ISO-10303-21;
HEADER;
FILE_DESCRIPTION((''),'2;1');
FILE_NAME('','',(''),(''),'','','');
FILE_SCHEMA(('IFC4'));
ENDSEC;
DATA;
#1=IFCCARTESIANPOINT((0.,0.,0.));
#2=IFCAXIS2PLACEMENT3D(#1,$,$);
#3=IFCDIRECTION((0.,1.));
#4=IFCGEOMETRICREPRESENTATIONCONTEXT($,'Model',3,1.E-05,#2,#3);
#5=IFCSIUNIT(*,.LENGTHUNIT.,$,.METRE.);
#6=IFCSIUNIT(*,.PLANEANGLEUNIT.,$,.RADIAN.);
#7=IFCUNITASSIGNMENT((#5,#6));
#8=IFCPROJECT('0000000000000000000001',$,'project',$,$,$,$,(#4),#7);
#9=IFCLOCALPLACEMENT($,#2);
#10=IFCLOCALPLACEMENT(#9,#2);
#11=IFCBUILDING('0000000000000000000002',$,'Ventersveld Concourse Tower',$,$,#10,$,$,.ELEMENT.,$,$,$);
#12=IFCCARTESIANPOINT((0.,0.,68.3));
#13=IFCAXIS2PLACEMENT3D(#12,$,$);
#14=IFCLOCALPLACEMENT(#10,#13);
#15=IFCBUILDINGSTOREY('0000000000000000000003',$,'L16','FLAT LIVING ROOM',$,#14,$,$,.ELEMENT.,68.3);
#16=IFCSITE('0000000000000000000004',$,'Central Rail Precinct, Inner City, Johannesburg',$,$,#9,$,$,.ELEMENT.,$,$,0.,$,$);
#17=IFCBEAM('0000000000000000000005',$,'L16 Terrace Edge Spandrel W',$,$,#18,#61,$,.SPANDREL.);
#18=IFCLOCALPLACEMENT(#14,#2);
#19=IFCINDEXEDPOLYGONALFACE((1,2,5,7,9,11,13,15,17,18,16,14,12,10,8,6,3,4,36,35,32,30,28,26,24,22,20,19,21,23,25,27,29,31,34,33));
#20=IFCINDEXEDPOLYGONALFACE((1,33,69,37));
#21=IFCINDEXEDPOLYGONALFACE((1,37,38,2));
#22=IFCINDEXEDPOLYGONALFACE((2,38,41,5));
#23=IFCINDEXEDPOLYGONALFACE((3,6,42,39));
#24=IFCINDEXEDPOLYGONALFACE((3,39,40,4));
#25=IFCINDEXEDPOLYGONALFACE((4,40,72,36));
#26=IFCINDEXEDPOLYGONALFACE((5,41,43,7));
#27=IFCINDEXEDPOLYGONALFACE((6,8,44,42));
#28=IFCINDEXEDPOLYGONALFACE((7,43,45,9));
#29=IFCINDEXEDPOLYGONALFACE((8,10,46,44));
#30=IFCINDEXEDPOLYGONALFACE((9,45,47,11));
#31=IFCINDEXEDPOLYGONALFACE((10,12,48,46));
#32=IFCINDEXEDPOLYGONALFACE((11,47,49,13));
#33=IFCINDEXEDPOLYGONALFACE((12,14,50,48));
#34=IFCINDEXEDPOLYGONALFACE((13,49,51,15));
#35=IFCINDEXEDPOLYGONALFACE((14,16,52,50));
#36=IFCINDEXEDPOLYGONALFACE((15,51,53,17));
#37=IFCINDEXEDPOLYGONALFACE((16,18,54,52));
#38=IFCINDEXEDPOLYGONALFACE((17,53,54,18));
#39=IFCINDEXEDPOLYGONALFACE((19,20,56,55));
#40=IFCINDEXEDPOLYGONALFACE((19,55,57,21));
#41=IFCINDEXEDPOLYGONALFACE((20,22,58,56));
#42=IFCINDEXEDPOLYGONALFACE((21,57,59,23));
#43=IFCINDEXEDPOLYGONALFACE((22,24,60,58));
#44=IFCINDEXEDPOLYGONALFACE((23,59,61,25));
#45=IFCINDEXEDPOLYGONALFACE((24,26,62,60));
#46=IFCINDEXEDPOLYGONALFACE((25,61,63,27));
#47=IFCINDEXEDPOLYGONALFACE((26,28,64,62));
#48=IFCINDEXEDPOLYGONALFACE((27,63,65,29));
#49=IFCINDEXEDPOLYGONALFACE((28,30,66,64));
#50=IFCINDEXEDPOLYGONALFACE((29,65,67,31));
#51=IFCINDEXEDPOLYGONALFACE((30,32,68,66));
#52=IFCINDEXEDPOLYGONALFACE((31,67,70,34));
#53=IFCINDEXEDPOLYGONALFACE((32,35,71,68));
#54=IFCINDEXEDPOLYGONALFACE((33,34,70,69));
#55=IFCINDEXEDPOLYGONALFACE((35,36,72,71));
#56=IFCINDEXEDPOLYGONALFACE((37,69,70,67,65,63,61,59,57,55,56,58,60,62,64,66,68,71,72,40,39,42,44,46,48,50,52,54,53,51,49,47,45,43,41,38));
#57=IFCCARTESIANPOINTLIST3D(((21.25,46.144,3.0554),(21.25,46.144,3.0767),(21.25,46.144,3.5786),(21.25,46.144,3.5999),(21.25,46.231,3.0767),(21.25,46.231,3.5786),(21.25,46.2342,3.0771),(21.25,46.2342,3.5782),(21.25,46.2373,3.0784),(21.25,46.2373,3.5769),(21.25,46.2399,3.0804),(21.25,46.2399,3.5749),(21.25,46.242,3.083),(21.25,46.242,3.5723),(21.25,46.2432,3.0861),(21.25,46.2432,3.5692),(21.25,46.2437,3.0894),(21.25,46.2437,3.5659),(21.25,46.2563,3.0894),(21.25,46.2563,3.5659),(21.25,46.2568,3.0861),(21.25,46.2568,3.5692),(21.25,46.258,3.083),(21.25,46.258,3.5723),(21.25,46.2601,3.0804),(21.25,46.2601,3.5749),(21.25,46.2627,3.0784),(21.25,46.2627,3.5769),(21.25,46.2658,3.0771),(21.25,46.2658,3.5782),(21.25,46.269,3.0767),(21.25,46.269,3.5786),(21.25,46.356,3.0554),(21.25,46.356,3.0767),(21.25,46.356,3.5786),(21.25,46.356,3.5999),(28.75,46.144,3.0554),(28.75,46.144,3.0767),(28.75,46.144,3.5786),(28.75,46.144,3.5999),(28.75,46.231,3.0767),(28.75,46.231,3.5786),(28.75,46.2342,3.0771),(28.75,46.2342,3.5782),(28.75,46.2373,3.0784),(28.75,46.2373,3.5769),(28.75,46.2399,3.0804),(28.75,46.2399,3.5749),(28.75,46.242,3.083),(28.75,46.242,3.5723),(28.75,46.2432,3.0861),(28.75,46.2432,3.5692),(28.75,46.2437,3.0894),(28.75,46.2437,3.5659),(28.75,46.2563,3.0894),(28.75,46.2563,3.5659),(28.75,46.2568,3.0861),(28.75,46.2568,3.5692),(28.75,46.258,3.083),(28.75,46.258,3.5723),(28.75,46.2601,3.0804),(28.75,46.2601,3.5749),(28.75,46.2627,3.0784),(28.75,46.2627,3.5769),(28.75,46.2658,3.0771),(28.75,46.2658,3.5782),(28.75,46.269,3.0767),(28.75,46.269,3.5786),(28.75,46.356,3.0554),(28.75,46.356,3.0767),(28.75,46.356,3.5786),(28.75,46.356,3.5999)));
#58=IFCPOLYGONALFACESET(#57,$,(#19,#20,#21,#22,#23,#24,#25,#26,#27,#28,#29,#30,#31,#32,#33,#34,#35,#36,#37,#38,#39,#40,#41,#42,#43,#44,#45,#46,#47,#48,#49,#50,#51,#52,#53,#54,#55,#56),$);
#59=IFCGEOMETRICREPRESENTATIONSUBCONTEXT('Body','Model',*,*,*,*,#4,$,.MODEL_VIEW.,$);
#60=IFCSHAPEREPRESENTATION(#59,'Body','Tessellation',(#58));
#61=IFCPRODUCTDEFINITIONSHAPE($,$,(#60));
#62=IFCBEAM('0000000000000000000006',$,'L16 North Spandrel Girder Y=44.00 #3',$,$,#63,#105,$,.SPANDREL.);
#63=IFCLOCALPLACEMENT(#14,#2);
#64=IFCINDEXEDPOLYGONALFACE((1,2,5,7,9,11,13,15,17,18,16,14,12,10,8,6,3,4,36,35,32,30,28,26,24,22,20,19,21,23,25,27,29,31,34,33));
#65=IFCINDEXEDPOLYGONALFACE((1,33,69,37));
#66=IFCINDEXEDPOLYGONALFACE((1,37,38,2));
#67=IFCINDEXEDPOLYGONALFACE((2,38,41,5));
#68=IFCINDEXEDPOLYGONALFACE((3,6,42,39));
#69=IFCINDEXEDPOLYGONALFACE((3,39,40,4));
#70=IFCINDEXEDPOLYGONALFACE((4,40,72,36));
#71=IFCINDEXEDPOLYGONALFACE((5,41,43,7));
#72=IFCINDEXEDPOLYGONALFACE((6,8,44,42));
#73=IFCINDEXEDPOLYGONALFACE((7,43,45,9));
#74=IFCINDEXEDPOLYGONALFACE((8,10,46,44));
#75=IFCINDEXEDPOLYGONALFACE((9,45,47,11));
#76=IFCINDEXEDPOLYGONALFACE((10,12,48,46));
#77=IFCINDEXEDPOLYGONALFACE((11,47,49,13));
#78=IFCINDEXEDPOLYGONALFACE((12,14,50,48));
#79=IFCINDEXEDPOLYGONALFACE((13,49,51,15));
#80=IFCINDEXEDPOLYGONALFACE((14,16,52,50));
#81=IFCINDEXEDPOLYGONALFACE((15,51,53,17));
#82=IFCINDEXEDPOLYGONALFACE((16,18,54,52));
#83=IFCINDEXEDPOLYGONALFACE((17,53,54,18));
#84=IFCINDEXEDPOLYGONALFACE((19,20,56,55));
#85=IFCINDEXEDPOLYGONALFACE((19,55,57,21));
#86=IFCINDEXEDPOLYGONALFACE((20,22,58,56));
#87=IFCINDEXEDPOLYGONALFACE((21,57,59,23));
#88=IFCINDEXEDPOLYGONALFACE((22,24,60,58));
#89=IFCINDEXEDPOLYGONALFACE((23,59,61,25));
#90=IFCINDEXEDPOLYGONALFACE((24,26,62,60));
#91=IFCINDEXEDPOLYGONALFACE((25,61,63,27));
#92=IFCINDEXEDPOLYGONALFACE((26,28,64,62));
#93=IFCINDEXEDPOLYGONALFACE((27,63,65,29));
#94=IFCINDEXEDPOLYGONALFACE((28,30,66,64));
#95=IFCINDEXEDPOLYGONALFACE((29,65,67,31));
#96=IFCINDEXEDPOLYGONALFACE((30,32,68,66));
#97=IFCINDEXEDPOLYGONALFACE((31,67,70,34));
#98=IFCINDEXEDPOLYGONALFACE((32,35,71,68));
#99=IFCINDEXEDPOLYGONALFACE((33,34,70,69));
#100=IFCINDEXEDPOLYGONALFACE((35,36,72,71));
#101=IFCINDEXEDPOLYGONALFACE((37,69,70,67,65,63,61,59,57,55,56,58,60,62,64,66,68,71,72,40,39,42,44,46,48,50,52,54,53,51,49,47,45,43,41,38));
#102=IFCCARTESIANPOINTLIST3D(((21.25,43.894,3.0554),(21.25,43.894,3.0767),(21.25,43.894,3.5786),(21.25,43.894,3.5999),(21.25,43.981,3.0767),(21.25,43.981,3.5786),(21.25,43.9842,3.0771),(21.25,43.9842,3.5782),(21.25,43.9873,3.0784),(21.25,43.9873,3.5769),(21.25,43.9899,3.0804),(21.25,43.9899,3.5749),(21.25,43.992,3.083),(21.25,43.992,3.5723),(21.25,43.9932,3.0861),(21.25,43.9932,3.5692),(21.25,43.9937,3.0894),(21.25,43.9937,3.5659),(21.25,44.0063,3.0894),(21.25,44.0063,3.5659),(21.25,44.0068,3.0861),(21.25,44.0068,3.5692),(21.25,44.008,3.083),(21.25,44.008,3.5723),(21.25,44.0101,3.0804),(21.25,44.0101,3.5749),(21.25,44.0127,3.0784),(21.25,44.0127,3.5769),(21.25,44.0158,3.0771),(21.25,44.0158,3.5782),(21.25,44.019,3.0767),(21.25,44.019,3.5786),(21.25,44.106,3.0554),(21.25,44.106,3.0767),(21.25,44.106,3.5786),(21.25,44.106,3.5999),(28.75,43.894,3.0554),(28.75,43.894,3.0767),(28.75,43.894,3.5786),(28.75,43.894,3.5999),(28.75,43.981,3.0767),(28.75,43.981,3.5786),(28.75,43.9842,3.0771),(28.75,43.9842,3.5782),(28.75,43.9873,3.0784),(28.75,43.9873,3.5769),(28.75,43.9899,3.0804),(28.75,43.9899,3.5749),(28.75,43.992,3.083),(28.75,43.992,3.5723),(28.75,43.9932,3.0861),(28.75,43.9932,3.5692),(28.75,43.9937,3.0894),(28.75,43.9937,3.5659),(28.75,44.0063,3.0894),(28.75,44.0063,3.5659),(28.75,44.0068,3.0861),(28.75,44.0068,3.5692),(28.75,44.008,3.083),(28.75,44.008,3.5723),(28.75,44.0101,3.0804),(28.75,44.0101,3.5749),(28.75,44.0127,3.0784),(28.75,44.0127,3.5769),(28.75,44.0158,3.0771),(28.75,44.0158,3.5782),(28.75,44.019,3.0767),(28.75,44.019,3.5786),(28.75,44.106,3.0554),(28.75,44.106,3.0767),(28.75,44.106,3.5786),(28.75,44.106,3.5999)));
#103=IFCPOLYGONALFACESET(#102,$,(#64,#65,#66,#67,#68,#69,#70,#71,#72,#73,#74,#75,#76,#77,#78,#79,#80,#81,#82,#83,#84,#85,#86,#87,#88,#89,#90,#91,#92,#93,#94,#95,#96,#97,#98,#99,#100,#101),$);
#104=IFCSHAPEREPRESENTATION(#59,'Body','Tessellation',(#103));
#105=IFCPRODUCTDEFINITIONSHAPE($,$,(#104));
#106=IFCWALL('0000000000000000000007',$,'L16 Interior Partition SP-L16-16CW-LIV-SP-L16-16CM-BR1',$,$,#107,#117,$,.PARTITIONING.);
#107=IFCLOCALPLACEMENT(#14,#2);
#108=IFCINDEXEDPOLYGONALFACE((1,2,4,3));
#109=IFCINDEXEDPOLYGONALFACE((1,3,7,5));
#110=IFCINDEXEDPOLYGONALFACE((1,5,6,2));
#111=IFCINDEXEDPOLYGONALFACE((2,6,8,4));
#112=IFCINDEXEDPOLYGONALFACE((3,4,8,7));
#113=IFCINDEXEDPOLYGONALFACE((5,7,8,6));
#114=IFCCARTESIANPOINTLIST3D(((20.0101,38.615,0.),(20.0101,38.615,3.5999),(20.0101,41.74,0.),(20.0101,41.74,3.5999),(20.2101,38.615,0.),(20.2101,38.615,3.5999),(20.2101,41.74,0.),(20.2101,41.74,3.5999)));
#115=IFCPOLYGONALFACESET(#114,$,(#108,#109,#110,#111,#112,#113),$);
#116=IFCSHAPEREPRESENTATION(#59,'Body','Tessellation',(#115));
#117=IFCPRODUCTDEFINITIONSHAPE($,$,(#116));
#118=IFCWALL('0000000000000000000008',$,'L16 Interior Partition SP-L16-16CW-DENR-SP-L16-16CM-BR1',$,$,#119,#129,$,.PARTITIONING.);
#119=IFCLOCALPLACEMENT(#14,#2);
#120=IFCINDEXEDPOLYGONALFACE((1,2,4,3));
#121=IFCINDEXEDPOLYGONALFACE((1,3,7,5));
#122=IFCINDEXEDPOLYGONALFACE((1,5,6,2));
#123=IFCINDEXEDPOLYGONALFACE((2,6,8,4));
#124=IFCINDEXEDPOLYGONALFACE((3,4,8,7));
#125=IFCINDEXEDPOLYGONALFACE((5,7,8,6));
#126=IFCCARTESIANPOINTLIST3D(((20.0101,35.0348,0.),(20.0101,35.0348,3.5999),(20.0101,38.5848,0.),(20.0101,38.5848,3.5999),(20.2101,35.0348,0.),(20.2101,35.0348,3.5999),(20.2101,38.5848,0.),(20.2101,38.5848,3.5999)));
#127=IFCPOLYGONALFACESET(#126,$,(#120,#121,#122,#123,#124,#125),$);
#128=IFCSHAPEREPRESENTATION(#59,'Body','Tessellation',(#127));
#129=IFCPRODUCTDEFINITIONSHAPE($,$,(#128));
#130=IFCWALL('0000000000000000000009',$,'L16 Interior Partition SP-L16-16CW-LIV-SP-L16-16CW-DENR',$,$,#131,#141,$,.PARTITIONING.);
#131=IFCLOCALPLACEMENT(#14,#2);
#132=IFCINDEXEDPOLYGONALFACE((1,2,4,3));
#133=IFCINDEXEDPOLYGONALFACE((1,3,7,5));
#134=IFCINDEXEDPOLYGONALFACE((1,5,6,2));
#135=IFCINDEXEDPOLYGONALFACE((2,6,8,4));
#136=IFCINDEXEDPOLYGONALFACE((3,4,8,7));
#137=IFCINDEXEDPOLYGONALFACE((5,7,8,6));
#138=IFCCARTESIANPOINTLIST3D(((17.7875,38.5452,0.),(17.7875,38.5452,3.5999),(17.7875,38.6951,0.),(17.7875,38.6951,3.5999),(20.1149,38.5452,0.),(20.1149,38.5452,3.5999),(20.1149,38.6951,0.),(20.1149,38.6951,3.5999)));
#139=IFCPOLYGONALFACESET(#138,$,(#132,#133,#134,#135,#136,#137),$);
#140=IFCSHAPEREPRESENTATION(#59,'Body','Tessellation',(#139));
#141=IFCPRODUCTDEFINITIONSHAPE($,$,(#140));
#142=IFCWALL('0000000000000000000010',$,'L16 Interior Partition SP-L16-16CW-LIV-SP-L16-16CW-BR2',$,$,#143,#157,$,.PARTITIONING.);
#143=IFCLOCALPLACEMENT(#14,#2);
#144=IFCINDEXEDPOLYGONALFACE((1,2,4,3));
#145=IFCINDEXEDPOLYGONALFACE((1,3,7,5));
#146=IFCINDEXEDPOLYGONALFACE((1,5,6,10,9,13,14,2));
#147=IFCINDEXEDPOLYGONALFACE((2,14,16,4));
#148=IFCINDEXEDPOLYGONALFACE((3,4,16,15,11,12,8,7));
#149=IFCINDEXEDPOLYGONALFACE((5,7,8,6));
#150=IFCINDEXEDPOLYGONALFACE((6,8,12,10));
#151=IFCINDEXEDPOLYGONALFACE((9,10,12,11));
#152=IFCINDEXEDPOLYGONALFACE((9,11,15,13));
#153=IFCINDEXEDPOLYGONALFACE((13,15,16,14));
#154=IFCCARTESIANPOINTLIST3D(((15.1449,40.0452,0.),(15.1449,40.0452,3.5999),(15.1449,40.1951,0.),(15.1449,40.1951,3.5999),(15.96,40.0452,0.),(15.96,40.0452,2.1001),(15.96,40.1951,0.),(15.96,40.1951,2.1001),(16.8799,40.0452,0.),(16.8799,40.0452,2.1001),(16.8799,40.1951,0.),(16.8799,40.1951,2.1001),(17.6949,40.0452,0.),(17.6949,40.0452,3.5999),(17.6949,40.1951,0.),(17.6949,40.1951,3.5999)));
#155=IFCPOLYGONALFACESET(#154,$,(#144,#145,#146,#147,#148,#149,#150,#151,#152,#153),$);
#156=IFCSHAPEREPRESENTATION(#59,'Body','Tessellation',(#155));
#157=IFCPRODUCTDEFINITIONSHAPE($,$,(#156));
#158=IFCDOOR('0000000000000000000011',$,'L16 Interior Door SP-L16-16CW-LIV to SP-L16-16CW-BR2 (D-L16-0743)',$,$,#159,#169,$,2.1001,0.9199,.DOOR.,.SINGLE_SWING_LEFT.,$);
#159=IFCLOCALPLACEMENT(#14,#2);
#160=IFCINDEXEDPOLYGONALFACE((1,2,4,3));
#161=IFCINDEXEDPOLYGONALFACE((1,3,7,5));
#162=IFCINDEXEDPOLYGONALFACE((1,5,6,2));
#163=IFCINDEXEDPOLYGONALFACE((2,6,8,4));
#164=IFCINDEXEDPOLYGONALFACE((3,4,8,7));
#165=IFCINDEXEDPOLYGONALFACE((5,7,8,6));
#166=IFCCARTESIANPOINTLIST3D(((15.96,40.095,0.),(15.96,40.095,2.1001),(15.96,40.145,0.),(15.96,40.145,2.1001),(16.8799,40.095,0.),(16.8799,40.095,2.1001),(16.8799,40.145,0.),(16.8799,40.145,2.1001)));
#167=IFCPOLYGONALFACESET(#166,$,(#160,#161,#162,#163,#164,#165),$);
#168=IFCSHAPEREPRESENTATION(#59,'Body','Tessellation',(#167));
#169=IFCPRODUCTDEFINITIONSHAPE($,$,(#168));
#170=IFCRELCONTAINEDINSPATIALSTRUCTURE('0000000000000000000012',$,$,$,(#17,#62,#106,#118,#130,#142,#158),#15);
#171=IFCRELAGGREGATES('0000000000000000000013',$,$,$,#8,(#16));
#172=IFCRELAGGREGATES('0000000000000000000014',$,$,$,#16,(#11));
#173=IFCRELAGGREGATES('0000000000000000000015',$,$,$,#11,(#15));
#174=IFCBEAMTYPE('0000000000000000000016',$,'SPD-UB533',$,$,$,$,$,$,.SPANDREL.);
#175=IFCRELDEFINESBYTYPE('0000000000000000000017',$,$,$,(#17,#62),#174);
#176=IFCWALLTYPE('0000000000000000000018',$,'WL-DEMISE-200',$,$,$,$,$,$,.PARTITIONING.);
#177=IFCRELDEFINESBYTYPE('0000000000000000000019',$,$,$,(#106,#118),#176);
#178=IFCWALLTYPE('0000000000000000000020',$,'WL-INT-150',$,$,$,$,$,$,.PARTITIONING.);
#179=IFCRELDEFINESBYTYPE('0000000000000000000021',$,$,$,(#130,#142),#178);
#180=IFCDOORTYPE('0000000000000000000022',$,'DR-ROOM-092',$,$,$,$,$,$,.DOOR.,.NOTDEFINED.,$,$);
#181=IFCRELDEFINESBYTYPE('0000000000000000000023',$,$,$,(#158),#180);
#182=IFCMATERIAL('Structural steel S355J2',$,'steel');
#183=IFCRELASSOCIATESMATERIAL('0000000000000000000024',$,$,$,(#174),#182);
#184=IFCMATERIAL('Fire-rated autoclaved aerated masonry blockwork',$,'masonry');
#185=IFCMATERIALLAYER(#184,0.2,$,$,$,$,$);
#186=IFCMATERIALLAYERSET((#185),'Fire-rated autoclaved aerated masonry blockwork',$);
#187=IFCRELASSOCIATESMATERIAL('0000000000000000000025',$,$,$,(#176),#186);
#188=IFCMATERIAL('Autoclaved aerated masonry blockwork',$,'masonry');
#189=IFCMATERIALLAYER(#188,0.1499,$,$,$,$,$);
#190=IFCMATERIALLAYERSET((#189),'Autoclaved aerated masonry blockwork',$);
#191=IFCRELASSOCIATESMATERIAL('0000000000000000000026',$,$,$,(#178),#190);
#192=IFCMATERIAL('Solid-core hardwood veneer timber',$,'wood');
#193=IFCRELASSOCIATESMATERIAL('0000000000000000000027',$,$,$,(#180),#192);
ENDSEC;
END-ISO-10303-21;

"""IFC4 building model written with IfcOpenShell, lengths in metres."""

from ifc_helpers import new_model, si_unit, direction, frame, frame_2d, origin, origin_2d, place, context, subcontext, project, spatial, rectangle, i_section, extrude, material, layer, layer_set, material_profile, profile_set, type_object, element, fill, save


model = new_model("IFC4")

# Units and contexts
model_context = context("Model", 3, precision=1e-05, world=origin(), true_north=direction((0.0, 1.0)))
body_context = subcontext(model_context, "Body", "Model", "MODEL_VIEW")
ifc_project = project(units=[si_unit("LENGTHUNIT", "METRE"), si_unit("PLANEANGLEUNIT", "RADIAN")], contexts=[model_context])

# Site, building, storey
site_placement = place(None, origin())
site = spatial("IfcSite", under=ifc_project, at=site_placement, Name="Central Rail Precinct, Inner City, Johannesburg", CompositionType="ELEMENT", RefElevation=0.0)
building_placement = place(site_placement, origin())
building = spatial("IfcBuilding", under=site, at=building_placement, Name="Ventersveld Concourse Tower", CompositionType="ELEMENT")
storey_placement = place(building_placement, frame((0.0, 0.0, 68.3)))
storey = spatial("IfcBuildingStorey", under=building, at=storey_placement, Name="L16", Description="FLAT LIVING ROOM", CompositionType="ELEMENT", Elevation=68.3)

# Shared definitions
ifc_material_1 = material(Name="Structural steel S355J2", Category="steel")

# Beams
ifc_material_profile_1 = material_profile(ifc_material_1, i_section(OverallWidth=0.2119, OverallDepth=0.5444, WebThickness=0.0127, FlangeThickness=0.0212, FilletRadius=0.0127, at=origin_2d()), Name="UB 533x210x122")
ifc_profile_set_1 = profile_set([ifc_material_profile_1], Name="Structural steel S355J2")
beam_type_1 = type_object("IfcBeamType", Name="SPD-UB533", PredefinedType="SPANDREL", material=ifc_profile_set_1)
for number, where, z_axis, x_axis, name in (
    (1, (21.25, 46.25, 3.3276), (1.0, 0.0, 0.0), (0.0, 1.0, 0.0), "L16 Terrace Edge Spandrel W"),
    (2, (21.25, 44.0, 3.3276), (1.0, 0.0, 0.0), (0.0, 1.0, 0.0), "L16 North Spandrel Girder Y=44.00 #3"),
):
    element("IfcBeam", number, at=place(storey_placement, frame(where, z_axis=z_axis, x_axis=x_axis)), inside=storey, type_object=beam_type_1, Name=name, PredefinedType="SPANDREL", context=body_context, shape_type="SweptSolid", body=[
        extrude(i_section(OverallWidth=0.2119, OverallDepth=0.5444, WebThickness=0.0127, FlangeThickness=0.0212, FilletRadius=0.0127, at=origin_2d()), origin(), (0.0, 0.0, 1.0), 7.5),
    ])

# Walls
ifc_material_2 = material(Name="Fire-rated autoclaved aerated masonry blockwork", Category="masonry")
ifc_layer_1 = layer(ifc_material_2, 0.2)
ifc_layer_set_1 = layer_set([ifc_layer_1], Name="Fire-rated autoclaved aerated masonry blockwork")
wall_type_1 = type_object("IfcWallType", Name="WL-DEMISE-200", PredefinedType="PARTITIONING", material=ifc_layer_set_1)
wall_1_placement = place(storey_placement, frame((20.1101, 38.615, 0.0), z_axis=(0.0, 0.0, 1.0), x_axis=(0.0, 1.0, 0.0)))
element("IfcWall", 3, at=wall_1_placement, inside=storey, type_object=wall_type_1, Name="L16 Interior Partition SP-L16-16CW-LIV-SP-L16-16CM-BR1", PredefinedType="PARTITIONING", context=body_context, shape_type="SweptSolid", body=[
    extrude(rectangle(XDim=3.125, YDim=0.2, at=frame_2d((1.5625, 0.0))), origin(), (0.0, 0.0, 1.0), 3.5999),
])
wall_2_placement = place(storey_placement, frame((20.1101, 35.0349, 0.0), z_axis=(0.0, 0.0, 1.0), x_axis=(0.0, 1.0, 0.0)))
element("IfcWall", 4, at=wall_2_placement, inside=storey, type_object=wall_type_1, Name="L16 Interior Partition SP-L16-16CW-DENR-SP-L16-16CM-BR1", PredefinedType="PARTITIONING", context=body_context, shape_type="SweptSolid", body=[
    extrude(rectangle(XDim=3.55, YDim=0.2, at=frame_2d((1.7749, 0.0))), origin(), (0.0, 0.0, 1.0), 3.5999),
])
ifc_material_3 = material(Name="Autoclaved aerated masonry blockwork", Category="masonry")
ifc_layer_2 = layer(ifc_material_3, 0.1499)
ifc_layer_set_2 = layer_set([ifc_layer_2], Name="Autoclaved aerated masonry blockwork")
wall_type_2 = type_object("IfcWallType", Name="WL-INT-150", PredefinedType="PARTITIONING", material=ifc_layer_set_2)
wall_3_placement = place(storey_placement, frame((17.7876, 38.6201, 0.0), z_axis=(0.0, 0.0, 1.0), x_axis=(1.0, 0.0, 0.0)))
element("IfcWall", 5, at=wall_3_placement, inside=storey, type_object=wall_type_2, Name="L16 Interior Partition SP-L16-16CW-LIV-SP-L16-16CW-DENR", PredefinedType="PARTITIONING", context=body_context, shape_type="SweptSolid", body=[
    extrude(rectangle(XDim=2.3274, YDim=0.1499, at=frame_2d((1.1636, 0.0))), origin(), (0.0, 0.0, 1.0), 3.5999),
])

# Wall, opening, door
wall_4_placement = place(storey_placement, frame((15.145, 40.1201, 0.0), z_axis=(0.0, 0.0, 1.0), x_axis=(1.0, 0.0, 0.0)))
wall_4 = element("IfcWall", 6, at=wall_4_placement, inside=storey, type_object=wall_type_2, Name="L16 Interior Partition SP-L16-16CW-LIV-SP-L16-16CW-BR2", PredefinedType="PARTITIONING", context=body_context, shape_type="SweptSolid", body=[
    extrude(rectangle(XDim=2.55, YDim=0.1499, at=frame_2d((1.2749, 0.0))), origin(), (0.0, 0.0, 1.0), 3.5999),
])
opening_1_placement = place(wall_4_placement, frame((0.8149, 0.0, 0.0)))
opening_1 = element("IfcOpeningElement", 7, at=opening_1_placement, cuts=wall_4, PredefinedType="OPENING", context=body_context, shape_type="SweptSolid", body=[
    extrude(rectangle(XDim=0.9199, YDim=2.1001, at=frame_2d((0.46, 1.05))), frame((0.0, 0.085, 0.0), z_axis=(0.0, -1.0, 0.0), x_axis=(1.0, 0.0, 0.0)), (0.0, 0.0, 1.0), 0.1699),
])
ifc_material_4 = material(Name="Solid-core hardwood veneer timber", Category="wood")
door_type = type_object("IfcDoorType", Name="DR-ROOM-092", OperationType="NOTDEFINED", PredefinedType="DOOR", material=ifc_material_4)
door_1_placement = place(opening_1_placement, origin())
door_1 = element("IfcDoor", 8, at=door_1_placement, inside=storey, type_object=door_type, Name="L16 Interior Door SP-L16-16CW-LIV to SP-L16-16CW-BR2 (D-L16-0743)", OperationType="SINGLE_SWING_LEFT", OverallHeight=2.1001, OverallWidth=0.9199, PredefinedType="DOOR", context=body_context, shape_type="SweptSolid", body=[
    extrude(rectangle(XDim=0.9199, YDim=2.1001, at=frame_2d((0.46, 1.05))), frame((0.0, 0.0249, 0.0), z_axis=(0.0, -1.0, 0.0), x_axis=(1.0, 0.0, 0.0)), (0.0, 0.0, 1.0), 0.05),
])
fill(opening_1, door_1)

save(model, "model.ifc")
